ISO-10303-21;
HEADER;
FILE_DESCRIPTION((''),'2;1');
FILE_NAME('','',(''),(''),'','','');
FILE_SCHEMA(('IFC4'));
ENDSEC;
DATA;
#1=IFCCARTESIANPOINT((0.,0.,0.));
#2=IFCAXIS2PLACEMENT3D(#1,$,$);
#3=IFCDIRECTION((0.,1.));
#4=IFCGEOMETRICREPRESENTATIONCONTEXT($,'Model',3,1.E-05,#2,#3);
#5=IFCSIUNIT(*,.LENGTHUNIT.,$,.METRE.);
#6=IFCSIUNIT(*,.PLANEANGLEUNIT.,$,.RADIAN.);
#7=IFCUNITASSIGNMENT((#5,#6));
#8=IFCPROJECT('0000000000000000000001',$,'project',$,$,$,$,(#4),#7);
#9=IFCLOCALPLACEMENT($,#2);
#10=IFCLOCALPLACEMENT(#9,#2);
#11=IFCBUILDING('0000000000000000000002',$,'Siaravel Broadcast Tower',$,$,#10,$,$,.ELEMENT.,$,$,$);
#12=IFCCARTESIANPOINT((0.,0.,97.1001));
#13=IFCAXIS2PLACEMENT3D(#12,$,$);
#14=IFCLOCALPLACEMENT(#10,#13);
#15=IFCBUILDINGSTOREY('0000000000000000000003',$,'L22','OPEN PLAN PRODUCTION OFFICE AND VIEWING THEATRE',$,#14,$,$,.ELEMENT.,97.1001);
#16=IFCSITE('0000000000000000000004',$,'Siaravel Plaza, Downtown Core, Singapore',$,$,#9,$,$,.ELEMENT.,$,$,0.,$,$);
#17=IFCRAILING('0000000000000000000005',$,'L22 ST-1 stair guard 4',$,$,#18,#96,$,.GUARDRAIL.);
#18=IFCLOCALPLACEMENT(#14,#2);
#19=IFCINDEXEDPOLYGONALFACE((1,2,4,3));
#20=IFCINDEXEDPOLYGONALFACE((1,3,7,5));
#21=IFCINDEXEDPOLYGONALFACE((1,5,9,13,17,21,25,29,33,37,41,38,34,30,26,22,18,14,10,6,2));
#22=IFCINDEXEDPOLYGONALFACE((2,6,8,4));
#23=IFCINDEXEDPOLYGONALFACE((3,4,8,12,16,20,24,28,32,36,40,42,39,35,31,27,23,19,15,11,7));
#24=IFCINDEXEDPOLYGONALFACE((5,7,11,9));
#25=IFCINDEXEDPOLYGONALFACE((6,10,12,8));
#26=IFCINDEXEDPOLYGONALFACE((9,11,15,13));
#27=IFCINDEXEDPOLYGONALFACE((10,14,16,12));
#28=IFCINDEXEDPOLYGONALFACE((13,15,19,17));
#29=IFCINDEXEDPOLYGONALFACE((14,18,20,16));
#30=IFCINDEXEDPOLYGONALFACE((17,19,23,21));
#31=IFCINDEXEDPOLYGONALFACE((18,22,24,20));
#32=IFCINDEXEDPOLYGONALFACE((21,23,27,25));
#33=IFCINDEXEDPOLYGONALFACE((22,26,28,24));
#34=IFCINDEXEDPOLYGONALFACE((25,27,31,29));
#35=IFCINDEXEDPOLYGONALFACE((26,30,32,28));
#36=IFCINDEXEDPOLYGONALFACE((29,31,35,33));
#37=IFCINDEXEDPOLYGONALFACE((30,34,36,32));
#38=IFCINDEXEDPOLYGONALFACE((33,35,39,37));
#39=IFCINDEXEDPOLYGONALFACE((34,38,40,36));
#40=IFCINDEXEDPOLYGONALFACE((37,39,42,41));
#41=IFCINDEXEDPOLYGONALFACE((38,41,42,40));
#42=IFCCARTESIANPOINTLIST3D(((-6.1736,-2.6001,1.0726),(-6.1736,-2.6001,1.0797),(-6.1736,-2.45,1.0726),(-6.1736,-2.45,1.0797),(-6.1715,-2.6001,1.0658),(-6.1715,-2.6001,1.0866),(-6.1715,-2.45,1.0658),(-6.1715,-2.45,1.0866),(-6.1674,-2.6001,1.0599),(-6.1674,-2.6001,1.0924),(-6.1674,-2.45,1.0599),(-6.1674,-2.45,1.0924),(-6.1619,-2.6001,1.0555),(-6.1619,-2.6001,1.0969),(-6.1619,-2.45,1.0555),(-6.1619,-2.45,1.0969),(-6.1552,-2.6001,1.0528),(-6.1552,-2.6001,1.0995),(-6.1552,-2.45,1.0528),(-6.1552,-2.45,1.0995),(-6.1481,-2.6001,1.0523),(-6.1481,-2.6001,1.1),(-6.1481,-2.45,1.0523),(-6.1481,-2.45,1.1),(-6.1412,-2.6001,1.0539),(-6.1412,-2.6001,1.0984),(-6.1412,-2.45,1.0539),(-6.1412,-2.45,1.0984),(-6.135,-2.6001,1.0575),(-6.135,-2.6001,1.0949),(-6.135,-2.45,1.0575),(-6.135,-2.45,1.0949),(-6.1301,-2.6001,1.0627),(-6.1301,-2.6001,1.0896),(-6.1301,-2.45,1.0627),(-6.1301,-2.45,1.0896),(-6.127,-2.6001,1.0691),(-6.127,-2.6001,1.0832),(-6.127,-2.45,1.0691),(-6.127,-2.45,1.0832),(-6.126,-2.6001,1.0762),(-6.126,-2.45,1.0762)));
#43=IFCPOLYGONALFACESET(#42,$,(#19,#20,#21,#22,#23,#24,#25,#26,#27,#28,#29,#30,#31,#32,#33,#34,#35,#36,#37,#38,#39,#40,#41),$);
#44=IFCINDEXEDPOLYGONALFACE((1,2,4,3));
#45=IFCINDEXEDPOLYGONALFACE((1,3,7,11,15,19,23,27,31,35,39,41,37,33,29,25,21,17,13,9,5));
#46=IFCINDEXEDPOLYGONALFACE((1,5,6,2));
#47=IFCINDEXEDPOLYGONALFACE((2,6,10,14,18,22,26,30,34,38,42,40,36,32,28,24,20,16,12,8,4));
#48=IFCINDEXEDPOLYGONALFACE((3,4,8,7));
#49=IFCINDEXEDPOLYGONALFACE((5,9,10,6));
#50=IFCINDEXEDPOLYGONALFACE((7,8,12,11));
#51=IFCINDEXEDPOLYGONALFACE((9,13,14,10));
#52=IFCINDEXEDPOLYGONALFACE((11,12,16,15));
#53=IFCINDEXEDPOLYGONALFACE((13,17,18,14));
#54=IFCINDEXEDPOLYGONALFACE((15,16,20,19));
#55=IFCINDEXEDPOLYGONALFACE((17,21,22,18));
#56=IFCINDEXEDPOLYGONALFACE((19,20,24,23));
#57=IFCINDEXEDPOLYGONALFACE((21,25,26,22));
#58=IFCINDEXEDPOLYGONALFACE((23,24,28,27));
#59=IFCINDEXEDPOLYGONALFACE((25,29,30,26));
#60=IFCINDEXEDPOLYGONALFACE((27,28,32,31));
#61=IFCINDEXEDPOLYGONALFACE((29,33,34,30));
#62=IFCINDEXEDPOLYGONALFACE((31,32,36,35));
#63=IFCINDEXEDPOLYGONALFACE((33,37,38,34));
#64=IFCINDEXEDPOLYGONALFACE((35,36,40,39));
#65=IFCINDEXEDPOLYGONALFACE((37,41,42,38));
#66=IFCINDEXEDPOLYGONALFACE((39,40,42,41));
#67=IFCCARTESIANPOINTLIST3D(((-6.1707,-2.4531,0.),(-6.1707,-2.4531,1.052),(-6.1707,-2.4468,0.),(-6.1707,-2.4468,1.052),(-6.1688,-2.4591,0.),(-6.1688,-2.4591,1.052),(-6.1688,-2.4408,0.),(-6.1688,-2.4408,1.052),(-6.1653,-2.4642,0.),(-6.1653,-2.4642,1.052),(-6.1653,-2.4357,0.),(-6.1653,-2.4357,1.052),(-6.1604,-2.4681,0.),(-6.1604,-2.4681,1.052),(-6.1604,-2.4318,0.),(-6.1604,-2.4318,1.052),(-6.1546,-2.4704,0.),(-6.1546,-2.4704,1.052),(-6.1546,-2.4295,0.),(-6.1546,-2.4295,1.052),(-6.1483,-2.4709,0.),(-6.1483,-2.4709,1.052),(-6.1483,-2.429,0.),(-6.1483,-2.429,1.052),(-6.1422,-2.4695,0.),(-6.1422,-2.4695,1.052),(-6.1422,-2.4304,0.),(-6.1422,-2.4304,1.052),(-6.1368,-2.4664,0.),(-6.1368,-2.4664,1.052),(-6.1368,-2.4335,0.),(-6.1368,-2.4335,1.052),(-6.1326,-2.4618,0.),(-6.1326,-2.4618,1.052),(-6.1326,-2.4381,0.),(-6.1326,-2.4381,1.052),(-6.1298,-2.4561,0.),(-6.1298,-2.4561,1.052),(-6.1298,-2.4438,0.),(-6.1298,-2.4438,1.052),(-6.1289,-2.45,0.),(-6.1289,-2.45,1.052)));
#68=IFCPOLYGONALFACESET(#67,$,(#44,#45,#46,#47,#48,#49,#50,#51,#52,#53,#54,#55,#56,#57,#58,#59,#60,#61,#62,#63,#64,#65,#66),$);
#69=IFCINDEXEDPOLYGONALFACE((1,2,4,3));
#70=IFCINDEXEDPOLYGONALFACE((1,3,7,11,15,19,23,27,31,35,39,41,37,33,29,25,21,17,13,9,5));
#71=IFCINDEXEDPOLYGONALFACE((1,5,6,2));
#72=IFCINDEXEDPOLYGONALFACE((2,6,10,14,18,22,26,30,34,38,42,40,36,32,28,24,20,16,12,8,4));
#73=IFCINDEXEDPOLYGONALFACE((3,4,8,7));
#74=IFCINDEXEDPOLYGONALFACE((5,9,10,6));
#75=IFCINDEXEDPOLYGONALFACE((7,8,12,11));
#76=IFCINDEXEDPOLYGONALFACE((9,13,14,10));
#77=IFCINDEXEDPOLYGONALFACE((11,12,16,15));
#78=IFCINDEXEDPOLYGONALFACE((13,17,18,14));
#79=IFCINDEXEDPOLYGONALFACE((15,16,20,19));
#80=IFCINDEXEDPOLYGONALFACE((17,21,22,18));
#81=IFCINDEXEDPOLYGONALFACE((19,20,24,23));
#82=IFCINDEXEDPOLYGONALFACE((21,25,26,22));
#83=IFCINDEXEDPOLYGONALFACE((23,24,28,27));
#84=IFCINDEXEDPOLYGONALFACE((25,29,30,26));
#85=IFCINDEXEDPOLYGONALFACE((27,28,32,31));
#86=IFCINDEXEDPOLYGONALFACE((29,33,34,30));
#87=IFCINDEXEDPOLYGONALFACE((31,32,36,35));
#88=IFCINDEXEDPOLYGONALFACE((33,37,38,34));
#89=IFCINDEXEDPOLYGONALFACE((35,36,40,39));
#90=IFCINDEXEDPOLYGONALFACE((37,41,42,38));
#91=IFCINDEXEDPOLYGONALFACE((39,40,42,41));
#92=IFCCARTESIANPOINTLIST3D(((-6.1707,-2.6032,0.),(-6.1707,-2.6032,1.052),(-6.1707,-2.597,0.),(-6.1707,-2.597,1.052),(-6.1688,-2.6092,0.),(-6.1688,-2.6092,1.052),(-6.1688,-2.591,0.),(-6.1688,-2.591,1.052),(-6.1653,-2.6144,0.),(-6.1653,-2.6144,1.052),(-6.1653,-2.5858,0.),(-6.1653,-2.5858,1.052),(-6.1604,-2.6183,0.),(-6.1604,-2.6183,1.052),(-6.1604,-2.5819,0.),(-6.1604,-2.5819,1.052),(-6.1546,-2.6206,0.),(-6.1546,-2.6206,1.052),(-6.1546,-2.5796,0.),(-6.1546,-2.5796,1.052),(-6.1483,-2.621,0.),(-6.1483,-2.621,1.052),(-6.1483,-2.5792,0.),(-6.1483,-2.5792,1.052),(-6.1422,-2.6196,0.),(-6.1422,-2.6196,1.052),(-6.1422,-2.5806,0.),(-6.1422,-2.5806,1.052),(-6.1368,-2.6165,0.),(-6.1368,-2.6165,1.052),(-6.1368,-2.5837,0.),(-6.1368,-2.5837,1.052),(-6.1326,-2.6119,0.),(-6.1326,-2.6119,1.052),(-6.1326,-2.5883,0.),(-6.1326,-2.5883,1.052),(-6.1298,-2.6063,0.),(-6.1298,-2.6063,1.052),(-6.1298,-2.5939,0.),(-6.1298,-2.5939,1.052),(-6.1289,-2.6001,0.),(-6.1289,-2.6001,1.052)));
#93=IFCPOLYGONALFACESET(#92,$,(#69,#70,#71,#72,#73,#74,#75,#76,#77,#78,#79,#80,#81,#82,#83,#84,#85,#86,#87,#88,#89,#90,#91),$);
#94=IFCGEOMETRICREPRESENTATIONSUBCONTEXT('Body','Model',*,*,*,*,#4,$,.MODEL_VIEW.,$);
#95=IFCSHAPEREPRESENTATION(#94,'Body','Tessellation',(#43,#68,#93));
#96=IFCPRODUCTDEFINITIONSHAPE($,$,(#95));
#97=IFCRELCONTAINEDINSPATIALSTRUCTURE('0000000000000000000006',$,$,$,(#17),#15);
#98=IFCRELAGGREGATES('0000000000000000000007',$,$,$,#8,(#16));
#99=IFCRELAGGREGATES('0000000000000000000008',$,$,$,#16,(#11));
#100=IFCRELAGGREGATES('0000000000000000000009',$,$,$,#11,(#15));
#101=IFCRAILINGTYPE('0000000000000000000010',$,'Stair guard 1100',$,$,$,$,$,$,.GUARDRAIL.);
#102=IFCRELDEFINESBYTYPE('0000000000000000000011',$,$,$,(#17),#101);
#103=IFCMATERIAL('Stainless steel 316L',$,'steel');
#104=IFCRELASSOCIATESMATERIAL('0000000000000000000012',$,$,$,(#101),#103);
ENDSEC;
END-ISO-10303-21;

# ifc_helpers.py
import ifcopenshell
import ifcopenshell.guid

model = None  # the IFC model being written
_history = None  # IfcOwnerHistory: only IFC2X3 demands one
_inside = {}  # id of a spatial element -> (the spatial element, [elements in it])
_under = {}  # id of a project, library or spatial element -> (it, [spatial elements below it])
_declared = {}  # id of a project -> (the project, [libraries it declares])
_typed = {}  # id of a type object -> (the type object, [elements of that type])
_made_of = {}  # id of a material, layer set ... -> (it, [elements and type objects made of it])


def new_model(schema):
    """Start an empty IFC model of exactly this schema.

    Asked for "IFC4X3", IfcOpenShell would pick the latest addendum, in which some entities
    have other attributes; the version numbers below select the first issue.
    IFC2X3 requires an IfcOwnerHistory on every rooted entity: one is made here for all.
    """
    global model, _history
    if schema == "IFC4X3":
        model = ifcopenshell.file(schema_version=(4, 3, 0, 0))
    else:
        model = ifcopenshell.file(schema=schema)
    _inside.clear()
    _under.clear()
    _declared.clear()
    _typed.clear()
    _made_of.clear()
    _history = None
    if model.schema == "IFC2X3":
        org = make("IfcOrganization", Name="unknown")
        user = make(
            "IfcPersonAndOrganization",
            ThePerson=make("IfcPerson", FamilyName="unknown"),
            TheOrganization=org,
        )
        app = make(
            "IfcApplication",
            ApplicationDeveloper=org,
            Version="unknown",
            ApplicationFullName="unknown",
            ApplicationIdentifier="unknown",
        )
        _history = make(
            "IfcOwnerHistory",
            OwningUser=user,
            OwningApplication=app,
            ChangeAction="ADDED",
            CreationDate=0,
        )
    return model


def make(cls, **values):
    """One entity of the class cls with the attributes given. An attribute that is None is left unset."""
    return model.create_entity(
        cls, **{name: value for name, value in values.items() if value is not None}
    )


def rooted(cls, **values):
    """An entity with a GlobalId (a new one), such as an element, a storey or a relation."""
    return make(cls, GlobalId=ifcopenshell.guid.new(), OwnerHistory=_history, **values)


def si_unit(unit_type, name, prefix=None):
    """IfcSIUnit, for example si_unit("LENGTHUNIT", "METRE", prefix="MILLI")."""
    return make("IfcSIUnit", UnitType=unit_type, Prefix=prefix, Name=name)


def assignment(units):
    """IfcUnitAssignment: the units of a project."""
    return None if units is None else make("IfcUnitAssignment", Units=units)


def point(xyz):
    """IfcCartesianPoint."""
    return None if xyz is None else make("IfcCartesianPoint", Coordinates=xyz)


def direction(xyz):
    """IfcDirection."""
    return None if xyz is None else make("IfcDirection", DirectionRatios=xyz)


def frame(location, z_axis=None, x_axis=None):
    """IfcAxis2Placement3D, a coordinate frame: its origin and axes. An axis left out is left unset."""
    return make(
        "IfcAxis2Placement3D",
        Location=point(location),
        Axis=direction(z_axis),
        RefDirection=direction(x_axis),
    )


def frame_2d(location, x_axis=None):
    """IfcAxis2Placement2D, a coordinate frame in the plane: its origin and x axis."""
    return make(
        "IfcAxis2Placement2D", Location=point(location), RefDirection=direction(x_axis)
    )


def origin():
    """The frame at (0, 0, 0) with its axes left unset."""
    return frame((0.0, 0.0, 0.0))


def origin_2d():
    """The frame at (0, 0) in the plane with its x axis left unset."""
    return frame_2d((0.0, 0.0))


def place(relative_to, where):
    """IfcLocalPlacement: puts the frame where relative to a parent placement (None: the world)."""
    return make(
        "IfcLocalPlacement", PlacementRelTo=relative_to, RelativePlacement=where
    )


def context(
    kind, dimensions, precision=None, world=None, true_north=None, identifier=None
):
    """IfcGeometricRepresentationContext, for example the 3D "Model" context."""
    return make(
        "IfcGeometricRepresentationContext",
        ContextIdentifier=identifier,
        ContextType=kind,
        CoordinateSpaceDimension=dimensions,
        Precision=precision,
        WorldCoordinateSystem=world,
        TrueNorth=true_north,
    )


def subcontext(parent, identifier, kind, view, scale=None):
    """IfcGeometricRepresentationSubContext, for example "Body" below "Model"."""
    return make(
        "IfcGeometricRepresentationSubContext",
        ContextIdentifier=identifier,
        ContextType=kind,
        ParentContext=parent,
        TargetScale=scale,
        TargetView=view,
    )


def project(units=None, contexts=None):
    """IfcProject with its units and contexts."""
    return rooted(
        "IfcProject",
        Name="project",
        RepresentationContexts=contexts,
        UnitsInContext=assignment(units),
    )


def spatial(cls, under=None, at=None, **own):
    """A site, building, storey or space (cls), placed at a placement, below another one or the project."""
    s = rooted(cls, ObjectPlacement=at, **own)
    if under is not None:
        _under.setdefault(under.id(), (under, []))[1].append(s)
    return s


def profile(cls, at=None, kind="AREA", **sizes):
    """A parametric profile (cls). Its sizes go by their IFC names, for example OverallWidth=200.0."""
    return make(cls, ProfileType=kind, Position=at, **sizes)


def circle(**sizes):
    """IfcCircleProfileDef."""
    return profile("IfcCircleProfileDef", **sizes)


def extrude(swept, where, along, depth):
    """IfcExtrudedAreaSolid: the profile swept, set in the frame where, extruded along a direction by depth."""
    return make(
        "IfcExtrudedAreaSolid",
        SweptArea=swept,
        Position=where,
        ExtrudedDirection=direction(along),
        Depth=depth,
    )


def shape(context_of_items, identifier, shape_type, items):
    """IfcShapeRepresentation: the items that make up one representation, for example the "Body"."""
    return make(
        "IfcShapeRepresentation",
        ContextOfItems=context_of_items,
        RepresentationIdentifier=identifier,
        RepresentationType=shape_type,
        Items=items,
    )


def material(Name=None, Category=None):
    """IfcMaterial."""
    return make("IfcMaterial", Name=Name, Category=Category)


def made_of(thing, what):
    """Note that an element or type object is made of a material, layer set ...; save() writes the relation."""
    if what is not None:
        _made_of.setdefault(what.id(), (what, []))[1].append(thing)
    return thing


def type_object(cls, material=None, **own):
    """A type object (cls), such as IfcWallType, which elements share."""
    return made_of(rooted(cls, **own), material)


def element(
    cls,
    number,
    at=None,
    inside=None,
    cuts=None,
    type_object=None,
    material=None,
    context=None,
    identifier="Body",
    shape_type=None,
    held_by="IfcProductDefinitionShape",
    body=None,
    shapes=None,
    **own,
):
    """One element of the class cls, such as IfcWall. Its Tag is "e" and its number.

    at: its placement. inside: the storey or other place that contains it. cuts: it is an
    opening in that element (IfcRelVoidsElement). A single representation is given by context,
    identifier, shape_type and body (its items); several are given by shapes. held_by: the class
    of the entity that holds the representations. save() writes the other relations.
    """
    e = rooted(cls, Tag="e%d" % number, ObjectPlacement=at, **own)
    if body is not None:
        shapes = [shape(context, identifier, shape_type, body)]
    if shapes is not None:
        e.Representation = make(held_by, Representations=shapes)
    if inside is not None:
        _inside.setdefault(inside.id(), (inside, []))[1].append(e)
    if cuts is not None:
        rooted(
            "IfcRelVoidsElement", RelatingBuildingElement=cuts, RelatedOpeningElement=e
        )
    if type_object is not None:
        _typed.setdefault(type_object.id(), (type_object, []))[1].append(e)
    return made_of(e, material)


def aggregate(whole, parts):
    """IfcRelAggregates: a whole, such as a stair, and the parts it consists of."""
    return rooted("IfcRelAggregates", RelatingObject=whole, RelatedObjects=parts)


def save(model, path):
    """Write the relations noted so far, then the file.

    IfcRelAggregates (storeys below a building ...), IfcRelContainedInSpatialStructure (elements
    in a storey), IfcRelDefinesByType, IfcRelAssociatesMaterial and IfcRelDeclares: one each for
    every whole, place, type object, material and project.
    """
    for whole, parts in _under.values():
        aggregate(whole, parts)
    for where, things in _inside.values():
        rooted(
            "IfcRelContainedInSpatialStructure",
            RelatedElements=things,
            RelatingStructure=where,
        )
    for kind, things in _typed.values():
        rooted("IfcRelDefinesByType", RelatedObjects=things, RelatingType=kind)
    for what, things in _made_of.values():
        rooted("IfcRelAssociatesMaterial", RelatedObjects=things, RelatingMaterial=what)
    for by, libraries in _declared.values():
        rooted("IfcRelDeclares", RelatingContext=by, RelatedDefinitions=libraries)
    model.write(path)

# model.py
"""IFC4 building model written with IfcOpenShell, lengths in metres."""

from ifc_helpers import new_model, si_unit, direction, frame, origin, origin_2d, place, context, subcontext, project, spatial, circle, extrude, material, type_object, element, save


model = new_model("IFC4")

# Units and contexts
model_context = context("Model", 3, precision=1e-05, world=origin(), true_north=direction((0.0, 1.0)))
body_context = subcontext(model_context, "Body", "Model", "MODEL_VIEW")
ifc_project = project(units=[si_unit("LENGTHUNIT", "METRE"), si_unit("PLANEANGLEUNIT", "RADIAN")], contexts=[model_context])

# Site, building, storey
site_placement = place(None, origin())
site = spatial("IfcSite", under=ifc_project, at=site_placement, Name="Siaravel Plaza, Downtown Core, Singapore", CompositionType="ELEMENT", RefElevation=0.0)
building_placement = place(site_placement, origin())
building = spatial("IfcBuilding", under=site, at=building_placement, Name="Siaravel Broadcast Tower", CompositionType="ELEMENT")
storey_placement = place(building_placement, frame((0.0, 0.0, 97.1001)))
storey = spatial("IfcBuildingStorey", under=building, at=storey_placement, Name="L22", Description="OPEN PLAN PRODUCTION OFFICE AND VIEWING THEATRE", CompositionType="ELEMENT", Elevation=97.1001)

# Railing
ifc_material_1 = material(Name="Stainless steel 316L", Category="steel")
railing_type_1 = type_object("IfcRailingType", Name="Stair guard 1100", PredefinedType="GUARDRAIL", material=ifc_material_1)
railing_1_placement = place(storey_placement, frame((-6.1499, -2.45, 0.0)))
element("IfcRailing", 1, at=railing_1_placement, inside=storey, type_object=railing_type_1, Name="L22 ST-1 stair guard 4", PredefinedType="GUARDRAIL", context=body_context, shape_type="SweptSolid", body=[
    extrude(circle(Radius=0.0239, at=origin_2d()), frame((0.0, 0.0, 1.0762), z_axis=(0.0, -1.0, 0.0), x_axis=(1.0, 0.0, 0.0)), (0.0, 0.0, 1.0), 0.1501),
    extrude(circle(Radius=0.021, at=origin_2d()), origin(), (0.0, 0.0, 1.0), 1.052),
    extrude(circle(Radius=0.021, at=origin_2d()), frame((0.0, -0.1501, 0.0)), (0.0, 0.0, 1.0), 1.052),
])

save(model, "model.ifc")
